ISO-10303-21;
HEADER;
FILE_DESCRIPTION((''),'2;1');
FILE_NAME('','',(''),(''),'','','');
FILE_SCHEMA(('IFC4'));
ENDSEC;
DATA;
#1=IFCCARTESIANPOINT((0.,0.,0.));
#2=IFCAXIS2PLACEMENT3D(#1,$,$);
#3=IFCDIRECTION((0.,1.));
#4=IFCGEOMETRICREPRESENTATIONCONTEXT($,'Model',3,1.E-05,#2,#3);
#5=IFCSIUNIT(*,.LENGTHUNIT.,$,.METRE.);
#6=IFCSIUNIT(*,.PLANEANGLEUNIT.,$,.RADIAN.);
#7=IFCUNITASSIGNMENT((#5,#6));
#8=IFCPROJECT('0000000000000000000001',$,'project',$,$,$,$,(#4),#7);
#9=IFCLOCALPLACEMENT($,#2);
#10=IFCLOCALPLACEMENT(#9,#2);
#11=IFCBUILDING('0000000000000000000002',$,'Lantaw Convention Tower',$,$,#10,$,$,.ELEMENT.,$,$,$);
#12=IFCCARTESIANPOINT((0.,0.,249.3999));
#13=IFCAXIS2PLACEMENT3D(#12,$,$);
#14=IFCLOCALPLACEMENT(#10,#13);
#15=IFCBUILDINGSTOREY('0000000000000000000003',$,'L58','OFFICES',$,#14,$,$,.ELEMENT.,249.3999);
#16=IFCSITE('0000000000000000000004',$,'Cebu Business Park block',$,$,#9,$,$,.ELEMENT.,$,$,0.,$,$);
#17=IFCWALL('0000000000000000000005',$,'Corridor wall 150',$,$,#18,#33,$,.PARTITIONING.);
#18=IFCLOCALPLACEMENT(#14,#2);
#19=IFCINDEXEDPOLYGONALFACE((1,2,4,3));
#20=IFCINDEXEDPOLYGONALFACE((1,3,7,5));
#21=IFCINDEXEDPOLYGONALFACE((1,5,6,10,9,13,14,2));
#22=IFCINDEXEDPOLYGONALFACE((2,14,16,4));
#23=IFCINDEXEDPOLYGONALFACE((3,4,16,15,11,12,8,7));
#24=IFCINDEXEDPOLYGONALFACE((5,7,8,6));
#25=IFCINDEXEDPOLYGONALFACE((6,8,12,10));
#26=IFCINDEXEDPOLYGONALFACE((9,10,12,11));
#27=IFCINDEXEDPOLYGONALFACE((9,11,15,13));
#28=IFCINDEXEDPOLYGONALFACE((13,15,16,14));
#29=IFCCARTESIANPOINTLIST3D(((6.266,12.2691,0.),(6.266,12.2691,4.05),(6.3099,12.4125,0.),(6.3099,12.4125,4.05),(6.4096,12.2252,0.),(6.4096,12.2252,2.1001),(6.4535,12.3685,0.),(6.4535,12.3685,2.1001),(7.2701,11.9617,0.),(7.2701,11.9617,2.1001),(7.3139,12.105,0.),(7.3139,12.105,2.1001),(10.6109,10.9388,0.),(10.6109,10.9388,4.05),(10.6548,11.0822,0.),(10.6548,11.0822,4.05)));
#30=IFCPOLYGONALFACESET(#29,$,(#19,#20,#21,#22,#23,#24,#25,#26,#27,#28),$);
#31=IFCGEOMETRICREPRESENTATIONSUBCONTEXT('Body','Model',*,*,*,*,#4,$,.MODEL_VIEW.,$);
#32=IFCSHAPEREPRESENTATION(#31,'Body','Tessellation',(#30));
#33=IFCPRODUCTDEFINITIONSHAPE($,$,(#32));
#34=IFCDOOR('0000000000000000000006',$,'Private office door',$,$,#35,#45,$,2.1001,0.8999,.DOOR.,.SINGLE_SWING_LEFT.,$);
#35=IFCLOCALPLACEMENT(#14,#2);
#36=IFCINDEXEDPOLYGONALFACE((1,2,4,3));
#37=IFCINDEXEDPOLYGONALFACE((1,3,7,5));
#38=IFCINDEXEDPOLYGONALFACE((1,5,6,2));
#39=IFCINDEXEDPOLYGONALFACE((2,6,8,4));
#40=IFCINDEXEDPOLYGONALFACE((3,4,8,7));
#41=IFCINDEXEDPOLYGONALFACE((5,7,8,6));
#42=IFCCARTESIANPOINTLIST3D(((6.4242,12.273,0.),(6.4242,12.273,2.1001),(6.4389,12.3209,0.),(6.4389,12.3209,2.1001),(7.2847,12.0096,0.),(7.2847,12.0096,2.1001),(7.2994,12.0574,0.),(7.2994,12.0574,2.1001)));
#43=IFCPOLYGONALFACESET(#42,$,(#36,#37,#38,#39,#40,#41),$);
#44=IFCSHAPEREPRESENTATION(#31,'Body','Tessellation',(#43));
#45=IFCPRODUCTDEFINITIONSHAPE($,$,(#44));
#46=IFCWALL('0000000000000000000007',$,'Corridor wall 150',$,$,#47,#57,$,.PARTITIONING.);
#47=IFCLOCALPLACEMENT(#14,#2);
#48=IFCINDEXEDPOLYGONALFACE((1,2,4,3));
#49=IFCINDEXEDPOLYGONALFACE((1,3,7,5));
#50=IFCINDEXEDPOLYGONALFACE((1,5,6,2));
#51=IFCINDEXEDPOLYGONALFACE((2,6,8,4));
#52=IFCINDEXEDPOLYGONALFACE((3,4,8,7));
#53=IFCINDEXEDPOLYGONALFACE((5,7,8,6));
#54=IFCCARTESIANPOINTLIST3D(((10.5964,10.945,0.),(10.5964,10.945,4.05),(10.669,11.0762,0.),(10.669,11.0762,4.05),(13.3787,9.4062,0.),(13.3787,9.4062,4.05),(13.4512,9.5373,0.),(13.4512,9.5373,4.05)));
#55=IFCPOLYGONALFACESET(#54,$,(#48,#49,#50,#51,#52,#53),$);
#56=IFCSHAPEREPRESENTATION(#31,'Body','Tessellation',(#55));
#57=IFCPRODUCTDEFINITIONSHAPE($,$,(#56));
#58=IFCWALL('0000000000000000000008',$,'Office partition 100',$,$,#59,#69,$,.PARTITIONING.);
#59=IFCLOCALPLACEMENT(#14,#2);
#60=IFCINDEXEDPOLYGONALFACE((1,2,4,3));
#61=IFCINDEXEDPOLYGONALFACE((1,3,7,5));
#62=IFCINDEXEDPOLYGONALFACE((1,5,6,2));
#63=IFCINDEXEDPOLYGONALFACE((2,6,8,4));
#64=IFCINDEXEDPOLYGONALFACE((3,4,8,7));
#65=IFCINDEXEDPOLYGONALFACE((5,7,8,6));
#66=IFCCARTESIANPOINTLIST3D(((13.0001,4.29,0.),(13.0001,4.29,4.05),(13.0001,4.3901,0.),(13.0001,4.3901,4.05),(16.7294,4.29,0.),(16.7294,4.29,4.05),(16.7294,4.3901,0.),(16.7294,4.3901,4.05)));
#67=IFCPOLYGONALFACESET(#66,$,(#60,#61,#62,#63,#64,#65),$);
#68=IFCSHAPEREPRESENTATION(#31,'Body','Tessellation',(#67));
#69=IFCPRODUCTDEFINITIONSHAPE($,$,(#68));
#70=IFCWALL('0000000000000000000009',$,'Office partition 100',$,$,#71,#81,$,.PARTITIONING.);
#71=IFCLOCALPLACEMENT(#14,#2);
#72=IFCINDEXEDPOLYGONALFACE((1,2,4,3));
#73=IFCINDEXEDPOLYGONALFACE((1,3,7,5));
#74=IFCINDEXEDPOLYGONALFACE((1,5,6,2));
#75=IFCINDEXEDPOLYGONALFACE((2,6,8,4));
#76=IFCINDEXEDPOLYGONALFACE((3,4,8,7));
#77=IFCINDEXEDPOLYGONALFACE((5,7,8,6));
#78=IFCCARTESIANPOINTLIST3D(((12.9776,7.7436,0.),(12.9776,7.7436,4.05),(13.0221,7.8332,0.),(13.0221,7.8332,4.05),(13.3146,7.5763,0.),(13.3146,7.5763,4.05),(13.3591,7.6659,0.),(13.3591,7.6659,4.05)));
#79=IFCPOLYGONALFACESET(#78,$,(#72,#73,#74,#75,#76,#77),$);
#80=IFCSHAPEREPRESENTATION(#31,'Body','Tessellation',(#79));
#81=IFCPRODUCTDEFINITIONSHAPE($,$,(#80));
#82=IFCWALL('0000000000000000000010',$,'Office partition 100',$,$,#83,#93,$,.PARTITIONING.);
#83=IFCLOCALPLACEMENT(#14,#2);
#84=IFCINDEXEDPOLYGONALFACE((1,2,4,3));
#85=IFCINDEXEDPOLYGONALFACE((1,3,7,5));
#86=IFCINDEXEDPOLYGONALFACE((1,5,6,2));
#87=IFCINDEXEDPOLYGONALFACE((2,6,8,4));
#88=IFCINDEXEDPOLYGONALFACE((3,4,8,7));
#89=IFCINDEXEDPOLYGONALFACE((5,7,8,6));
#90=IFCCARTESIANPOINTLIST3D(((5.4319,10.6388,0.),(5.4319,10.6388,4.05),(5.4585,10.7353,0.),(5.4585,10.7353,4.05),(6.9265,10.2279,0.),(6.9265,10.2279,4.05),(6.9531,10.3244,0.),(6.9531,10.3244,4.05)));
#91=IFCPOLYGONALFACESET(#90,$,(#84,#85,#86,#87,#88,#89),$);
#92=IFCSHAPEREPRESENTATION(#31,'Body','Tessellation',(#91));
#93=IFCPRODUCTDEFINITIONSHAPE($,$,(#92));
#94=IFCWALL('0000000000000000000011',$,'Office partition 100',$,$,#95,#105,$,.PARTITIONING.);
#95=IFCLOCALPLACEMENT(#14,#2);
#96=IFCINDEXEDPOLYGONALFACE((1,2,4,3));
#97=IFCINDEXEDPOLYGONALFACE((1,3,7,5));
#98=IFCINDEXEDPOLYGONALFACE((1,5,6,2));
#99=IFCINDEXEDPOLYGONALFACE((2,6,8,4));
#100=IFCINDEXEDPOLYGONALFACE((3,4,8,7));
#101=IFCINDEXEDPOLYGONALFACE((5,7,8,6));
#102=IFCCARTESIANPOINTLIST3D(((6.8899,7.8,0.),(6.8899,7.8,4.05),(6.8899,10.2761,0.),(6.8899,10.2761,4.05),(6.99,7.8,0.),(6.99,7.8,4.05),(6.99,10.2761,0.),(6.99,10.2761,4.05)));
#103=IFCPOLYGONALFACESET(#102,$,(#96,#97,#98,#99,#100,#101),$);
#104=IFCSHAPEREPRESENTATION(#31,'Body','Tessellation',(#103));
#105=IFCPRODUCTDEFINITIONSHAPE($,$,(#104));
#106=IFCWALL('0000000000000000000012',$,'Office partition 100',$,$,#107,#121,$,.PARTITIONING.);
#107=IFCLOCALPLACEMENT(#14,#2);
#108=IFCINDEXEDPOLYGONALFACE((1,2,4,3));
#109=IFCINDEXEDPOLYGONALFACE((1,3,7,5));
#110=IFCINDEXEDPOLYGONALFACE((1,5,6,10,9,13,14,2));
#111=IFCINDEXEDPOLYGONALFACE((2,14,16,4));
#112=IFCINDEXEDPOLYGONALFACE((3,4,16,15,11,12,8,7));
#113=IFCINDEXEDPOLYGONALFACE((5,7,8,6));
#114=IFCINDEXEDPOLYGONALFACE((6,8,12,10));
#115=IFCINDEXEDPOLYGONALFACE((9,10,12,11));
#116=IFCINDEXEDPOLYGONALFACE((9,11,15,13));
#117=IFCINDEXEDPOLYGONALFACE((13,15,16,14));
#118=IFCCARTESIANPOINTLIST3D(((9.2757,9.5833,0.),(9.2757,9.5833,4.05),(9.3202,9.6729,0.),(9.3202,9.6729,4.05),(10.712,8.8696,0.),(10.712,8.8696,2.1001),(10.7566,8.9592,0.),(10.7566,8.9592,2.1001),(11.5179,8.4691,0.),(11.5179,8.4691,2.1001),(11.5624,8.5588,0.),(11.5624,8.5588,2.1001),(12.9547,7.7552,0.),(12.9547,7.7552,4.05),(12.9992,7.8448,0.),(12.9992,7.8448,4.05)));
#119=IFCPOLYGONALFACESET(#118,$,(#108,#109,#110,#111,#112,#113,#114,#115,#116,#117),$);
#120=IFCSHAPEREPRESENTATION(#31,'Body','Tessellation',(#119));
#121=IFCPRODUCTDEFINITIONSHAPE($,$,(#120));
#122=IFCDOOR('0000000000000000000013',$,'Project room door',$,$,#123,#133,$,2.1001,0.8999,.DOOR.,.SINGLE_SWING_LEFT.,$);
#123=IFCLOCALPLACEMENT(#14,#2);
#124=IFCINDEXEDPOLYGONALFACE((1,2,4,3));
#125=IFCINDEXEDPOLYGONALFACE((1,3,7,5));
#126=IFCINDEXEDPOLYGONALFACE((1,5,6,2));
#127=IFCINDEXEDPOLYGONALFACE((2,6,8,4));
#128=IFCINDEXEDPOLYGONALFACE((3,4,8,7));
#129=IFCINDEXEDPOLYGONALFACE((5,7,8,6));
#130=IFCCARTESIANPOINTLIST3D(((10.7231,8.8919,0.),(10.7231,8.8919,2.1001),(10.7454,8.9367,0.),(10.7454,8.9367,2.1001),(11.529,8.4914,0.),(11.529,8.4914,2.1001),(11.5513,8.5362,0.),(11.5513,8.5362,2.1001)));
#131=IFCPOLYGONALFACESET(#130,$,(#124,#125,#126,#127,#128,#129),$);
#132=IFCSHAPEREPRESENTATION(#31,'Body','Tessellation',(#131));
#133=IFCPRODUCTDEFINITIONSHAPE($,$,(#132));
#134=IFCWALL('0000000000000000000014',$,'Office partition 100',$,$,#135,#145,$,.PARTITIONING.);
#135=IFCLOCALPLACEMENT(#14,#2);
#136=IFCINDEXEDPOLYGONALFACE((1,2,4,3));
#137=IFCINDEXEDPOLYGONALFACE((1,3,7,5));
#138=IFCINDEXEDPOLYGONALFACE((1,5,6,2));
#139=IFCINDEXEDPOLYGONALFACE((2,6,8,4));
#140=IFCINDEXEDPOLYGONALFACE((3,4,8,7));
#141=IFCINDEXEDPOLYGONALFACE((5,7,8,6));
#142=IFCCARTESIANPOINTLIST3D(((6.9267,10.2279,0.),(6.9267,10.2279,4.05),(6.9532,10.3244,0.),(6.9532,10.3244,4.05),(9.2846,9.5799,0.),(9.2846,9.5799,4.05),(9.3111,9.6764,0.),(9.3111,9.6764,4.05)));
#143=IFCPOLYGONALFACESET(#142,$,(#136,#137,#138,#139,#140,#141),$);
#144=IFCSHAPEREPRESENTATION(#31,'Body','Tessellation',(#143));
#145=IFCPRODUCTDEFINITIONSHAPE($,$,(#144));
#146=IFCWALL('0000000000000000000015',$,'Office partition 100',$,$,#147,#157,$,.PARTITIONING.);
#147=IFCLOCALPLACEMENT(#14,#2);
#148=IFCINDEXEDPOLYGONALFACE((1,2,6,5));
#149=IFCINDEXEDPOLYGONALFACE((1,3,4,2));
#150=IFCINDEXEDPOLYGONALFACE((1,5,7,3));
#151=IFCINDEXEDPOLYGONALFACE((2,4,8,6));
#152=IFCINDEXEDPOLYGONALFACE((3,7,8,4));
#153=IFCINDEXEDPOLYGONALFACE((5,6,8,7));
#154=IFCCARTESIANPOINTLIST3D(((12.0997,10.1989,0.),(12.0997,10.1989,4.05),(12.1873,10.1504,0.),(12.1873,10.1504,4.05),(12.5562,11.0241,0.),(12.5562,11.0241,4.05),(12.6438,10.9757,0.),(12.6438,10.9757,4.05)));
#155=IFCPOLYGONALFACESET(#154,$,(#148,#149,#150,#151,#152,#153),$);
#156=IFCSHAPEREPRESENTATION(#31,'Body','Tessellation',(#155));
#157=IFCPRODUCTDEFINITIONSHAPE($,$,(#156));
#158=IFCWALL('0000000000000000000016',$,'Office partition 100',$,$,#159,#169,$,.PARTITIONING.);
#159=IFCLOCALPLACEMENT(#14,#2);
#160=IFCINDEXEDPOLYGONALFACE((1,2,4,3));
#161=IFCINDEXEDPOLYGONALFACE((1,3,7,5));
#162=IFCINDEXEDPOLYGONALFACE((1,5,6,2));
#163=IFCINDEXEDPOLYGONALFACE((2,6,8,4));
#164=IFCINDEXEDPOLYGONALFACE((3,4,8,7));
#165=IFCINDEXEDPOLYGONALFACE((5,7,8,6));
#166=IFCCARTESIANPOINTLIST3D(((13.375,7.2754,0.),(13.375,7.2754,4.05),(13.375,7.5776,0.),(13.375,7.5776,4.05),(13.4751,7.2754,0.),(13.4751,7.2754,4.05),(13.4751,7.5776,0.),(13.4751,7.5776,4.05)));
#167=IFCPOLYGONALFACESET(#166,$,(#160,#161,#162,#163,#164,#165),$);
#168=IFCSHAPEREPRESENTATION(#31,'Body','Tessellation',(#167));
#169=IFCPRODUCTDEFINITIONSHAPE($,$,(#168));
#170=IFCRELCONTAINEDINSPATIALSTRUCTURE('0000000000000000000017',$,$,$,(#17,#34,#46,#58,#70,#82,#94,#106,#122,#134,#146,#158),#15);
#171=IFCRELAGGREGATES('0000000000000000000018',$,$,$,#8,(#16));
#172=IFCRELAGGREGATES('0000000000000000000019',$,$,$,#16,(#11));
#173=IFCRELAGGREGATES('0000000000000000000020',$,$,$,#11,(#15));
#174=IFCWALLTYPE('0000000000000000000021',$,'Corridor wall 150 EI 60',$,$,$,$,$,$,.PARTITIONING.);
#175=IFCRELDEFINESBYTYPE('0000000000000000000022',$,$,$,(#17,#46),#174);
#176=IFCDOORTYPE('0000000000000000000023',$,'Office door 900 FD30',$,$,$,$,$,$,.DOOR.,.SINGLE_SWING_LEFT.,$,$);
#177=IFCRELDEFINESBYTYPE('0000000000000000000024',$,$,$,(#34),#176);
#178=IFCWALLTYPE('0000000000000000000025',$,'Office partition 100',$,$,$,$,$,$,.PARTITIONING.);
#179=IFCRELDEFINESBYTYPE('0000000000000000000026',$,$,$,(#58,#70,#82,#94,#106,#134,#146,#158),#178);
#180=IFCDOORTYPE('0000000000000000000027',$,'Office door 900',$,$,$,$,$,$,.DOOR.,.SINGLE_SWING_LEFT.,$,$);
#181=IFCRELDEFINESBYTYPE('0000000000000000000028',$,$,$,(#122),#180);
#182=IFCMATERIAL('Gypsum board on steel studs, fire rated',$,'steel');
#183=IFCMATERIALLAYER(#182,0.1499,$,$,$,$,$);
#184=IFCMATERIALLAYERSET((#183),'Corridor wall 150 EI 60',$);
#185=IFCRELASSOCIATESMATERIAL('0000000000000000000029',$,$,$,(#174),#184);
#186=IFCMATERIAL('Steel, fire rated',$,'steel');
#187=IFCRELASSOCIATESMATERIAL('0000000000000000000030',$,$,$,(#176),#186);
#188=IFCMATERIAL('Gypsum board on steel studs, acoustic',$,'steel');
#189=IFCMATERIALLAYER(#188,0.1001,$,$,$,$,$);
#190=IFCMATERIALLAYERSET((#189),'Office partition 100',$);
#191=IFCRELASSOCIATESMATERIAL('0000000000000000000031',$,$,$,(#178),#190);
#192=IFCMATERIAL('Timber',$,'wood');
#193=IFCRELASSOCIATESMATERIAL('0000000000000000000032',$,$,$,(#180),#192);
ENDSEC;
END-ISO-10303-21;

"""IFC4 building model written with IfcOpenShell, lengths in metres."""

from ifc_helpers import new_model, si_unit, direction, frame, frame_2d, origin, place, context, subcontext, project, spatial, rectangle, extrude, material, layer, layer_set, type_object, element, fill, save


model = new_model("IFC4")

# Units and contexts
model_context = context("Model", 3, precision=1e-05, world=origin(), true_north=direction((0.0, 1.0)))
body_context = subcontext(model_context, "Body", "Model", "MODEL_VIEW")
ifc_project = project(units=[si_unit("LENGTHUNIT", "METRE"), si_unit("PLANEANGLEUNIT", "RADIAN")], contexts=[model_context])

# Site, building, storey
site_placement = place(None, origin())
site = spatial("IfcSite", under=ifc_project, at=site_placement, Name="Cebu Business Park block", CompositionType="ELEMENT", RefElevation=0.0)
building_placement = place(site_placement, origin())
building = spatial("IfcBuilding", under=site, at=building_placement, Name="Lantaw Convention Tower", CompositionType="ELEMENT")
storey_placement = place(building_placement, frame((0.0, 0.0, 249.3999)))
storey = spatial("IfcBuildingStorey", under=building, at=storey_placement, Name="L58", Description="OFFICES", CompositionType="ELEMENT", Elevation=249.3999)

# Wall, opening, door
ifc_material_1 = material(Name="Gypsum board on steel studs, fire rated", Category="steel")
ifc_layer_1 = layer(ifc_material_1, 0.1499)
ifc_layer_set_1 = layer_set([ifc_layer_1], Name="Corridor wall 150 EI 60")
wall_type_1 = type_object("IfcWallType", Name="Corridor wall 150 EI 60", PredefinedType="PARTITIONING", material=ifc_layer_set_1)
wall_1_placement = place(storey_placement, frame((10.6328, 11.0105, 0.0), z_axis=(0.0, 0.0, 1.0), x_axis=(-0.956186, 0.29276, 0.0)))
wall_1 = element("IfcWall", 1, at=wall_1_placement, inside=storey, type_object=wall_type_1, Name="Corridor wall 150", PredefinedType="PARTITIONING", context=body_context, shape_type="SweptSolid", body=[
    extrude(rectangle(XDim=4.5439, YDim=0.1499, at=frame_2d((2.272, 0.0))), origin(), (0.0, 0.0, 1.0), 4.05),
])
opening_1_placement = place(wall_1_placement, frame((3.4939, 0.0, 0.0)))
opening_1 = element("IfcOpeningElement", 2, at=opening_1_placement, cuts=wall_1, PredefinedType="OPENING", context=body_context, shape_type="SweptSolid", body=[
    extrude(rectangle(XDim=0.8999, YDim=2.1001, at=frame_2d((0.45, 1.05))), frame((0.0, 0.085, 0.0), z_axis=(0.0, -1.0, 0.0), x_axis=(1.0, 0.0, 0.0)), (0.0, 0.0, 1.0), 0.1699),
])
ifc_material_2 = material(Name="Steel, fire rated", Category="steel")
door_type_1 = type_object("IfcDoorType", Name="Office door 900 FD30", OperationType="SINGLE_SWING_LEFT", PredefinedType="DOOR", material=ifc_material_2)
door_1_placement = place(opening_1_placement, origin())
door_1 = element("IfcDoor", 3, at=door_1_placement, inside=storey, type_object=door_type_1, Name="Private office door", OperationType="SINGLE_SWING_LEFT", OverallHeight=2.1001, OverallWidth=0.8999, PredefinedType="DOOR", context=body_context, shape_type="SweptSolid", body=[
    extrude(rectangle(XDim=0.8999, YDim=2.1001, at=frame_2d((0.45, 1.05))), frame((0.0, 0.0249, 0.0), z_axis=(0.0, -1.0, 0.0), x_axis=(1.0, 0.0, 0.0)), (0.0, 0.0, 1.0), 0.05),
])
fill(opening_1, door_1)

# Walls
wall_2_placement = place(storey_placement, frame((13.415, 9.4717, 0.0), z_axis=(0.0, 0.0, 1.0), x_axis=(-0.875072, 0.483993, 0.0)))
element("IfcWall", 4, at=wall_2_placement, inside=storey, type_object=wall_type_1, Name="Corridor wall 150", PredefinedType="PARTITIONING", context=body_context, shape_type="SweptSolid", body=[
    extrude(rectangle(XDim=3.1794, YDim=0.1499, at=frame_2d((1.5898, 0.0))), origin(), (0.0, 0.0, 1.0), 4.05),
])
ifc_material_3 = material(Name="Gypsum board on steel studs, acoustic", Category="steel")
ifc_layer_2 = layer(ifc_material_3, 0.1001)
ifc_layer_set_2 = layer_set([ifc_layer_2], Name="Office partition 100")
wall_type_2 = type_object("IfcWallType", Name="Office partition 100", PredefinedType="PARTITIONING", material=ifc_layer_set_2)
wall_3_placement = place(storey_placement, frame((13.0, 4.3401, 0.0), z_axis=(0.0, 0.0, 1.0), x_axis=(1.0, 0.0, 0.0)))
element("IfcWall", 5, at=wall_3_placement, inside=storey, type_object=wall_type_2, Name="Office partition 100", PredefinedType="PARTITIONING", context=body_context, shape_type="SweptSolid", body=[
    extrude(rectangle(XDim=3.7292, YDim=0.1001, at=frame_2d((1.8647, 0.0))), origin(), (0.0, 0.0, 1.0), 4.05),
])
wall_4_placement = place(storey_placement, frame((13.0, 7.7883, 0.0), z_axis=(0.0, 0.0, 1.0), x_axis=(0.895722, -0.444615, 0.0)))
element("IfcWall", 6, at=wall_4_placement, inside=storey, type_object=wall_type_2, Name="Office partition 100", PredefinedType="PARTITIONING", context=body_context, shape_type="SweptSolid", body=[
    extrude(rectangle(XDim=0.3762, YDim=0.1001, at=frame_2d((0.188, 0.0))), origin(), (0.0, 0.0, 1.0), 4.05),
])
wall_5_placement = place(storey_placement, frame((5.4453, 10.687, 0.0), z_axis=(0.0, 0.0, 1.0), x_axis=(0.964228, -0.265076, 0.0)))
element("IfcWall", 7, at=wall_5_placement, inside=storey, type_object=wall_type_2, Name="Office partition 100", PredefinedType="PARTITIONING", context=body_context, shape_type="SweptSolid", body=[
    extrude(rectangle(XDim=1.55, YDim=0.1001, at=frame_2d((0.7749, 0.0))), origin(), (0.0, 0.0, 1.0), 4.05),
])
wall_6_placement = place(storey_placement, frame((6.9399, 10.2761, 0.0), z_axis=(0.0, 0.0, 1.0), x_axis=(0.0, -1.0, 0.0)))
element("IfcWall", 8, at=wall_6_placement, inside=storey, type_object=wall_type_2, Name="Office partition 100", PredefinedType="PARTITIONING", context=body_context, shape_type="SweptSolid", body=[
    extrude(rectangle(XDim=2.4761, YDim=0.1001, at=frame_2d((1.238, 0.0))), origin(), (0.0, 0.0, 1.0), 4.05),
])

# Wall, opening, door
wall_7_placement = place(storey_placement, frame((9.2979, 9.6282, 0.0), z_axis=(0.0, 0.0, 1.0), x_axis=(0.89553, -0.445001, 0.0)))
wall_7 = element("IfcWall", 9, at=wall_7_placement, inside=storey, type_object=wall_type_2, Name="Office partition 100", PredefinedType="PARTITIONING", context=body_context, shape_type="SweptSolid", body=[
    extrude(rectangle(XDim=4.1082, YDim=0.1001, at=frame_2d((2.0542, 0.0))), origin(), (0.0, 0.0, 1.0), 4.05),
])
opening_2_placement = place(wall_7_placement, frame((1.604, 0.0, 0.0)))
opening_2 = element("IfcOpeningElement", 10, at=opening_2_placement, cuts=wall_7, PredefinedType="OPENING", context=body_context, shape_type="SweptSolid", body=[
    extrude(rectangle(XDim=0.8999, YDim=2.1001, at=frame_2d((0.45, 1.05))), frame((0.0, 0.0601, 0.0), z_axis=(0.0, -1.0, 0.0), x_axis=(1.0, 0.0, 0.0)), (0.0, 0.0, 1.0), 0.1201),
])
ifc_material_4 = material(Name="Timber", Category="wood")
door_type_2 = type_object("IfcDoorType", Name="Office door 900", OperationType="SINGLE_SWING_LEFT", PredefinedType="DOOR", material=ifc_material_4)
door_2_placement = place(opening_2_placement, origin())
door_2 = element("IfcDoor", 11, at=door_2_placement, inside=storey, type_object=door_type_2, Name="Project room door", OperationType="SINGLE_SWING_LEFT", OverallHeight=2.1001, OverallWidth=0.8999, PredefinedType="DOOR", context=body_context, shape_type="SweptSolid", body=[
    extrude(rectangle(XDim=0.8999, YDim=2.1001, at=frame_2d((0.45, 1.05))), frame((0.0, 0.0249, 0.0), z_axis=(0.0, -1.0, 0.0), x_axis=(1.0, 0.0, 0.0)), (0.0, 0.0, 1.0), 0.05),
])
fill(opening_2, door_2)

# Walls
wall_8_placement = place(storey_placement, frame((6.9399, 10.2761, 0.0), z_axis=(0.0, 0.0, 1.0), x_axis=(0.964255, -0.264975, 0.0)))
element("IfcWall", 12, at=wall_8_placement, inside=storey, type_object=wall_type_2, Name="Office partition 100", PredefinedType="PARTITIONING", context=body_context, shape_type="SweptSolid", body=[
    extrude(rectangle(XDim=2.4453, YDim=0.1001, at=frame_2d((1.2227, 0.0))), origin(), (0.0, 0.0, 1.0), 4.05),
])
wall_9_placement = place(storey_placement, frame((12.6001, 11.0, 0.0), z_axis=(0.0, 0.0, 1.0), x_axis=(-0.484104, -0.875011, 0.0)))
element("IfcWall", 13, at=wall_9_placement, inside=storey, type_object=wall_type_2, Name="Office partition 100", PredefinedType="PARTITIONING", context=body_context, shape_type="SweptSolid", body=[
    extrude(rectangle(XDim=0.9431, YDim=0.1001, at=frame_2d((0.4717, 0.0))), origin(), (0.0, 0.0, 1.0), 4.05),
])
wall_10_placement = place(storey_placement, frame((13.425, 7.2754, 0.0), z_axis=(0.0, 0.0, 1.0), x_axis=(0.0, 1.0, 0.0)))
element("IfcWall", 14, at=wall_10_placement, inside=storey, type_object=wall_type_2, Name="Office partition 100", PredefinedType="PARTITIONING", context=body_context, shape_type="SweptSolid", body=[
    extrude(rectangle(XDim=0.3022, YDim=0.1001, at=frame_2d((0.1511, 0.0))), origin(), (0.0, 0.0, 1.0), 4.05),
])

save(model, "model.ifc")
